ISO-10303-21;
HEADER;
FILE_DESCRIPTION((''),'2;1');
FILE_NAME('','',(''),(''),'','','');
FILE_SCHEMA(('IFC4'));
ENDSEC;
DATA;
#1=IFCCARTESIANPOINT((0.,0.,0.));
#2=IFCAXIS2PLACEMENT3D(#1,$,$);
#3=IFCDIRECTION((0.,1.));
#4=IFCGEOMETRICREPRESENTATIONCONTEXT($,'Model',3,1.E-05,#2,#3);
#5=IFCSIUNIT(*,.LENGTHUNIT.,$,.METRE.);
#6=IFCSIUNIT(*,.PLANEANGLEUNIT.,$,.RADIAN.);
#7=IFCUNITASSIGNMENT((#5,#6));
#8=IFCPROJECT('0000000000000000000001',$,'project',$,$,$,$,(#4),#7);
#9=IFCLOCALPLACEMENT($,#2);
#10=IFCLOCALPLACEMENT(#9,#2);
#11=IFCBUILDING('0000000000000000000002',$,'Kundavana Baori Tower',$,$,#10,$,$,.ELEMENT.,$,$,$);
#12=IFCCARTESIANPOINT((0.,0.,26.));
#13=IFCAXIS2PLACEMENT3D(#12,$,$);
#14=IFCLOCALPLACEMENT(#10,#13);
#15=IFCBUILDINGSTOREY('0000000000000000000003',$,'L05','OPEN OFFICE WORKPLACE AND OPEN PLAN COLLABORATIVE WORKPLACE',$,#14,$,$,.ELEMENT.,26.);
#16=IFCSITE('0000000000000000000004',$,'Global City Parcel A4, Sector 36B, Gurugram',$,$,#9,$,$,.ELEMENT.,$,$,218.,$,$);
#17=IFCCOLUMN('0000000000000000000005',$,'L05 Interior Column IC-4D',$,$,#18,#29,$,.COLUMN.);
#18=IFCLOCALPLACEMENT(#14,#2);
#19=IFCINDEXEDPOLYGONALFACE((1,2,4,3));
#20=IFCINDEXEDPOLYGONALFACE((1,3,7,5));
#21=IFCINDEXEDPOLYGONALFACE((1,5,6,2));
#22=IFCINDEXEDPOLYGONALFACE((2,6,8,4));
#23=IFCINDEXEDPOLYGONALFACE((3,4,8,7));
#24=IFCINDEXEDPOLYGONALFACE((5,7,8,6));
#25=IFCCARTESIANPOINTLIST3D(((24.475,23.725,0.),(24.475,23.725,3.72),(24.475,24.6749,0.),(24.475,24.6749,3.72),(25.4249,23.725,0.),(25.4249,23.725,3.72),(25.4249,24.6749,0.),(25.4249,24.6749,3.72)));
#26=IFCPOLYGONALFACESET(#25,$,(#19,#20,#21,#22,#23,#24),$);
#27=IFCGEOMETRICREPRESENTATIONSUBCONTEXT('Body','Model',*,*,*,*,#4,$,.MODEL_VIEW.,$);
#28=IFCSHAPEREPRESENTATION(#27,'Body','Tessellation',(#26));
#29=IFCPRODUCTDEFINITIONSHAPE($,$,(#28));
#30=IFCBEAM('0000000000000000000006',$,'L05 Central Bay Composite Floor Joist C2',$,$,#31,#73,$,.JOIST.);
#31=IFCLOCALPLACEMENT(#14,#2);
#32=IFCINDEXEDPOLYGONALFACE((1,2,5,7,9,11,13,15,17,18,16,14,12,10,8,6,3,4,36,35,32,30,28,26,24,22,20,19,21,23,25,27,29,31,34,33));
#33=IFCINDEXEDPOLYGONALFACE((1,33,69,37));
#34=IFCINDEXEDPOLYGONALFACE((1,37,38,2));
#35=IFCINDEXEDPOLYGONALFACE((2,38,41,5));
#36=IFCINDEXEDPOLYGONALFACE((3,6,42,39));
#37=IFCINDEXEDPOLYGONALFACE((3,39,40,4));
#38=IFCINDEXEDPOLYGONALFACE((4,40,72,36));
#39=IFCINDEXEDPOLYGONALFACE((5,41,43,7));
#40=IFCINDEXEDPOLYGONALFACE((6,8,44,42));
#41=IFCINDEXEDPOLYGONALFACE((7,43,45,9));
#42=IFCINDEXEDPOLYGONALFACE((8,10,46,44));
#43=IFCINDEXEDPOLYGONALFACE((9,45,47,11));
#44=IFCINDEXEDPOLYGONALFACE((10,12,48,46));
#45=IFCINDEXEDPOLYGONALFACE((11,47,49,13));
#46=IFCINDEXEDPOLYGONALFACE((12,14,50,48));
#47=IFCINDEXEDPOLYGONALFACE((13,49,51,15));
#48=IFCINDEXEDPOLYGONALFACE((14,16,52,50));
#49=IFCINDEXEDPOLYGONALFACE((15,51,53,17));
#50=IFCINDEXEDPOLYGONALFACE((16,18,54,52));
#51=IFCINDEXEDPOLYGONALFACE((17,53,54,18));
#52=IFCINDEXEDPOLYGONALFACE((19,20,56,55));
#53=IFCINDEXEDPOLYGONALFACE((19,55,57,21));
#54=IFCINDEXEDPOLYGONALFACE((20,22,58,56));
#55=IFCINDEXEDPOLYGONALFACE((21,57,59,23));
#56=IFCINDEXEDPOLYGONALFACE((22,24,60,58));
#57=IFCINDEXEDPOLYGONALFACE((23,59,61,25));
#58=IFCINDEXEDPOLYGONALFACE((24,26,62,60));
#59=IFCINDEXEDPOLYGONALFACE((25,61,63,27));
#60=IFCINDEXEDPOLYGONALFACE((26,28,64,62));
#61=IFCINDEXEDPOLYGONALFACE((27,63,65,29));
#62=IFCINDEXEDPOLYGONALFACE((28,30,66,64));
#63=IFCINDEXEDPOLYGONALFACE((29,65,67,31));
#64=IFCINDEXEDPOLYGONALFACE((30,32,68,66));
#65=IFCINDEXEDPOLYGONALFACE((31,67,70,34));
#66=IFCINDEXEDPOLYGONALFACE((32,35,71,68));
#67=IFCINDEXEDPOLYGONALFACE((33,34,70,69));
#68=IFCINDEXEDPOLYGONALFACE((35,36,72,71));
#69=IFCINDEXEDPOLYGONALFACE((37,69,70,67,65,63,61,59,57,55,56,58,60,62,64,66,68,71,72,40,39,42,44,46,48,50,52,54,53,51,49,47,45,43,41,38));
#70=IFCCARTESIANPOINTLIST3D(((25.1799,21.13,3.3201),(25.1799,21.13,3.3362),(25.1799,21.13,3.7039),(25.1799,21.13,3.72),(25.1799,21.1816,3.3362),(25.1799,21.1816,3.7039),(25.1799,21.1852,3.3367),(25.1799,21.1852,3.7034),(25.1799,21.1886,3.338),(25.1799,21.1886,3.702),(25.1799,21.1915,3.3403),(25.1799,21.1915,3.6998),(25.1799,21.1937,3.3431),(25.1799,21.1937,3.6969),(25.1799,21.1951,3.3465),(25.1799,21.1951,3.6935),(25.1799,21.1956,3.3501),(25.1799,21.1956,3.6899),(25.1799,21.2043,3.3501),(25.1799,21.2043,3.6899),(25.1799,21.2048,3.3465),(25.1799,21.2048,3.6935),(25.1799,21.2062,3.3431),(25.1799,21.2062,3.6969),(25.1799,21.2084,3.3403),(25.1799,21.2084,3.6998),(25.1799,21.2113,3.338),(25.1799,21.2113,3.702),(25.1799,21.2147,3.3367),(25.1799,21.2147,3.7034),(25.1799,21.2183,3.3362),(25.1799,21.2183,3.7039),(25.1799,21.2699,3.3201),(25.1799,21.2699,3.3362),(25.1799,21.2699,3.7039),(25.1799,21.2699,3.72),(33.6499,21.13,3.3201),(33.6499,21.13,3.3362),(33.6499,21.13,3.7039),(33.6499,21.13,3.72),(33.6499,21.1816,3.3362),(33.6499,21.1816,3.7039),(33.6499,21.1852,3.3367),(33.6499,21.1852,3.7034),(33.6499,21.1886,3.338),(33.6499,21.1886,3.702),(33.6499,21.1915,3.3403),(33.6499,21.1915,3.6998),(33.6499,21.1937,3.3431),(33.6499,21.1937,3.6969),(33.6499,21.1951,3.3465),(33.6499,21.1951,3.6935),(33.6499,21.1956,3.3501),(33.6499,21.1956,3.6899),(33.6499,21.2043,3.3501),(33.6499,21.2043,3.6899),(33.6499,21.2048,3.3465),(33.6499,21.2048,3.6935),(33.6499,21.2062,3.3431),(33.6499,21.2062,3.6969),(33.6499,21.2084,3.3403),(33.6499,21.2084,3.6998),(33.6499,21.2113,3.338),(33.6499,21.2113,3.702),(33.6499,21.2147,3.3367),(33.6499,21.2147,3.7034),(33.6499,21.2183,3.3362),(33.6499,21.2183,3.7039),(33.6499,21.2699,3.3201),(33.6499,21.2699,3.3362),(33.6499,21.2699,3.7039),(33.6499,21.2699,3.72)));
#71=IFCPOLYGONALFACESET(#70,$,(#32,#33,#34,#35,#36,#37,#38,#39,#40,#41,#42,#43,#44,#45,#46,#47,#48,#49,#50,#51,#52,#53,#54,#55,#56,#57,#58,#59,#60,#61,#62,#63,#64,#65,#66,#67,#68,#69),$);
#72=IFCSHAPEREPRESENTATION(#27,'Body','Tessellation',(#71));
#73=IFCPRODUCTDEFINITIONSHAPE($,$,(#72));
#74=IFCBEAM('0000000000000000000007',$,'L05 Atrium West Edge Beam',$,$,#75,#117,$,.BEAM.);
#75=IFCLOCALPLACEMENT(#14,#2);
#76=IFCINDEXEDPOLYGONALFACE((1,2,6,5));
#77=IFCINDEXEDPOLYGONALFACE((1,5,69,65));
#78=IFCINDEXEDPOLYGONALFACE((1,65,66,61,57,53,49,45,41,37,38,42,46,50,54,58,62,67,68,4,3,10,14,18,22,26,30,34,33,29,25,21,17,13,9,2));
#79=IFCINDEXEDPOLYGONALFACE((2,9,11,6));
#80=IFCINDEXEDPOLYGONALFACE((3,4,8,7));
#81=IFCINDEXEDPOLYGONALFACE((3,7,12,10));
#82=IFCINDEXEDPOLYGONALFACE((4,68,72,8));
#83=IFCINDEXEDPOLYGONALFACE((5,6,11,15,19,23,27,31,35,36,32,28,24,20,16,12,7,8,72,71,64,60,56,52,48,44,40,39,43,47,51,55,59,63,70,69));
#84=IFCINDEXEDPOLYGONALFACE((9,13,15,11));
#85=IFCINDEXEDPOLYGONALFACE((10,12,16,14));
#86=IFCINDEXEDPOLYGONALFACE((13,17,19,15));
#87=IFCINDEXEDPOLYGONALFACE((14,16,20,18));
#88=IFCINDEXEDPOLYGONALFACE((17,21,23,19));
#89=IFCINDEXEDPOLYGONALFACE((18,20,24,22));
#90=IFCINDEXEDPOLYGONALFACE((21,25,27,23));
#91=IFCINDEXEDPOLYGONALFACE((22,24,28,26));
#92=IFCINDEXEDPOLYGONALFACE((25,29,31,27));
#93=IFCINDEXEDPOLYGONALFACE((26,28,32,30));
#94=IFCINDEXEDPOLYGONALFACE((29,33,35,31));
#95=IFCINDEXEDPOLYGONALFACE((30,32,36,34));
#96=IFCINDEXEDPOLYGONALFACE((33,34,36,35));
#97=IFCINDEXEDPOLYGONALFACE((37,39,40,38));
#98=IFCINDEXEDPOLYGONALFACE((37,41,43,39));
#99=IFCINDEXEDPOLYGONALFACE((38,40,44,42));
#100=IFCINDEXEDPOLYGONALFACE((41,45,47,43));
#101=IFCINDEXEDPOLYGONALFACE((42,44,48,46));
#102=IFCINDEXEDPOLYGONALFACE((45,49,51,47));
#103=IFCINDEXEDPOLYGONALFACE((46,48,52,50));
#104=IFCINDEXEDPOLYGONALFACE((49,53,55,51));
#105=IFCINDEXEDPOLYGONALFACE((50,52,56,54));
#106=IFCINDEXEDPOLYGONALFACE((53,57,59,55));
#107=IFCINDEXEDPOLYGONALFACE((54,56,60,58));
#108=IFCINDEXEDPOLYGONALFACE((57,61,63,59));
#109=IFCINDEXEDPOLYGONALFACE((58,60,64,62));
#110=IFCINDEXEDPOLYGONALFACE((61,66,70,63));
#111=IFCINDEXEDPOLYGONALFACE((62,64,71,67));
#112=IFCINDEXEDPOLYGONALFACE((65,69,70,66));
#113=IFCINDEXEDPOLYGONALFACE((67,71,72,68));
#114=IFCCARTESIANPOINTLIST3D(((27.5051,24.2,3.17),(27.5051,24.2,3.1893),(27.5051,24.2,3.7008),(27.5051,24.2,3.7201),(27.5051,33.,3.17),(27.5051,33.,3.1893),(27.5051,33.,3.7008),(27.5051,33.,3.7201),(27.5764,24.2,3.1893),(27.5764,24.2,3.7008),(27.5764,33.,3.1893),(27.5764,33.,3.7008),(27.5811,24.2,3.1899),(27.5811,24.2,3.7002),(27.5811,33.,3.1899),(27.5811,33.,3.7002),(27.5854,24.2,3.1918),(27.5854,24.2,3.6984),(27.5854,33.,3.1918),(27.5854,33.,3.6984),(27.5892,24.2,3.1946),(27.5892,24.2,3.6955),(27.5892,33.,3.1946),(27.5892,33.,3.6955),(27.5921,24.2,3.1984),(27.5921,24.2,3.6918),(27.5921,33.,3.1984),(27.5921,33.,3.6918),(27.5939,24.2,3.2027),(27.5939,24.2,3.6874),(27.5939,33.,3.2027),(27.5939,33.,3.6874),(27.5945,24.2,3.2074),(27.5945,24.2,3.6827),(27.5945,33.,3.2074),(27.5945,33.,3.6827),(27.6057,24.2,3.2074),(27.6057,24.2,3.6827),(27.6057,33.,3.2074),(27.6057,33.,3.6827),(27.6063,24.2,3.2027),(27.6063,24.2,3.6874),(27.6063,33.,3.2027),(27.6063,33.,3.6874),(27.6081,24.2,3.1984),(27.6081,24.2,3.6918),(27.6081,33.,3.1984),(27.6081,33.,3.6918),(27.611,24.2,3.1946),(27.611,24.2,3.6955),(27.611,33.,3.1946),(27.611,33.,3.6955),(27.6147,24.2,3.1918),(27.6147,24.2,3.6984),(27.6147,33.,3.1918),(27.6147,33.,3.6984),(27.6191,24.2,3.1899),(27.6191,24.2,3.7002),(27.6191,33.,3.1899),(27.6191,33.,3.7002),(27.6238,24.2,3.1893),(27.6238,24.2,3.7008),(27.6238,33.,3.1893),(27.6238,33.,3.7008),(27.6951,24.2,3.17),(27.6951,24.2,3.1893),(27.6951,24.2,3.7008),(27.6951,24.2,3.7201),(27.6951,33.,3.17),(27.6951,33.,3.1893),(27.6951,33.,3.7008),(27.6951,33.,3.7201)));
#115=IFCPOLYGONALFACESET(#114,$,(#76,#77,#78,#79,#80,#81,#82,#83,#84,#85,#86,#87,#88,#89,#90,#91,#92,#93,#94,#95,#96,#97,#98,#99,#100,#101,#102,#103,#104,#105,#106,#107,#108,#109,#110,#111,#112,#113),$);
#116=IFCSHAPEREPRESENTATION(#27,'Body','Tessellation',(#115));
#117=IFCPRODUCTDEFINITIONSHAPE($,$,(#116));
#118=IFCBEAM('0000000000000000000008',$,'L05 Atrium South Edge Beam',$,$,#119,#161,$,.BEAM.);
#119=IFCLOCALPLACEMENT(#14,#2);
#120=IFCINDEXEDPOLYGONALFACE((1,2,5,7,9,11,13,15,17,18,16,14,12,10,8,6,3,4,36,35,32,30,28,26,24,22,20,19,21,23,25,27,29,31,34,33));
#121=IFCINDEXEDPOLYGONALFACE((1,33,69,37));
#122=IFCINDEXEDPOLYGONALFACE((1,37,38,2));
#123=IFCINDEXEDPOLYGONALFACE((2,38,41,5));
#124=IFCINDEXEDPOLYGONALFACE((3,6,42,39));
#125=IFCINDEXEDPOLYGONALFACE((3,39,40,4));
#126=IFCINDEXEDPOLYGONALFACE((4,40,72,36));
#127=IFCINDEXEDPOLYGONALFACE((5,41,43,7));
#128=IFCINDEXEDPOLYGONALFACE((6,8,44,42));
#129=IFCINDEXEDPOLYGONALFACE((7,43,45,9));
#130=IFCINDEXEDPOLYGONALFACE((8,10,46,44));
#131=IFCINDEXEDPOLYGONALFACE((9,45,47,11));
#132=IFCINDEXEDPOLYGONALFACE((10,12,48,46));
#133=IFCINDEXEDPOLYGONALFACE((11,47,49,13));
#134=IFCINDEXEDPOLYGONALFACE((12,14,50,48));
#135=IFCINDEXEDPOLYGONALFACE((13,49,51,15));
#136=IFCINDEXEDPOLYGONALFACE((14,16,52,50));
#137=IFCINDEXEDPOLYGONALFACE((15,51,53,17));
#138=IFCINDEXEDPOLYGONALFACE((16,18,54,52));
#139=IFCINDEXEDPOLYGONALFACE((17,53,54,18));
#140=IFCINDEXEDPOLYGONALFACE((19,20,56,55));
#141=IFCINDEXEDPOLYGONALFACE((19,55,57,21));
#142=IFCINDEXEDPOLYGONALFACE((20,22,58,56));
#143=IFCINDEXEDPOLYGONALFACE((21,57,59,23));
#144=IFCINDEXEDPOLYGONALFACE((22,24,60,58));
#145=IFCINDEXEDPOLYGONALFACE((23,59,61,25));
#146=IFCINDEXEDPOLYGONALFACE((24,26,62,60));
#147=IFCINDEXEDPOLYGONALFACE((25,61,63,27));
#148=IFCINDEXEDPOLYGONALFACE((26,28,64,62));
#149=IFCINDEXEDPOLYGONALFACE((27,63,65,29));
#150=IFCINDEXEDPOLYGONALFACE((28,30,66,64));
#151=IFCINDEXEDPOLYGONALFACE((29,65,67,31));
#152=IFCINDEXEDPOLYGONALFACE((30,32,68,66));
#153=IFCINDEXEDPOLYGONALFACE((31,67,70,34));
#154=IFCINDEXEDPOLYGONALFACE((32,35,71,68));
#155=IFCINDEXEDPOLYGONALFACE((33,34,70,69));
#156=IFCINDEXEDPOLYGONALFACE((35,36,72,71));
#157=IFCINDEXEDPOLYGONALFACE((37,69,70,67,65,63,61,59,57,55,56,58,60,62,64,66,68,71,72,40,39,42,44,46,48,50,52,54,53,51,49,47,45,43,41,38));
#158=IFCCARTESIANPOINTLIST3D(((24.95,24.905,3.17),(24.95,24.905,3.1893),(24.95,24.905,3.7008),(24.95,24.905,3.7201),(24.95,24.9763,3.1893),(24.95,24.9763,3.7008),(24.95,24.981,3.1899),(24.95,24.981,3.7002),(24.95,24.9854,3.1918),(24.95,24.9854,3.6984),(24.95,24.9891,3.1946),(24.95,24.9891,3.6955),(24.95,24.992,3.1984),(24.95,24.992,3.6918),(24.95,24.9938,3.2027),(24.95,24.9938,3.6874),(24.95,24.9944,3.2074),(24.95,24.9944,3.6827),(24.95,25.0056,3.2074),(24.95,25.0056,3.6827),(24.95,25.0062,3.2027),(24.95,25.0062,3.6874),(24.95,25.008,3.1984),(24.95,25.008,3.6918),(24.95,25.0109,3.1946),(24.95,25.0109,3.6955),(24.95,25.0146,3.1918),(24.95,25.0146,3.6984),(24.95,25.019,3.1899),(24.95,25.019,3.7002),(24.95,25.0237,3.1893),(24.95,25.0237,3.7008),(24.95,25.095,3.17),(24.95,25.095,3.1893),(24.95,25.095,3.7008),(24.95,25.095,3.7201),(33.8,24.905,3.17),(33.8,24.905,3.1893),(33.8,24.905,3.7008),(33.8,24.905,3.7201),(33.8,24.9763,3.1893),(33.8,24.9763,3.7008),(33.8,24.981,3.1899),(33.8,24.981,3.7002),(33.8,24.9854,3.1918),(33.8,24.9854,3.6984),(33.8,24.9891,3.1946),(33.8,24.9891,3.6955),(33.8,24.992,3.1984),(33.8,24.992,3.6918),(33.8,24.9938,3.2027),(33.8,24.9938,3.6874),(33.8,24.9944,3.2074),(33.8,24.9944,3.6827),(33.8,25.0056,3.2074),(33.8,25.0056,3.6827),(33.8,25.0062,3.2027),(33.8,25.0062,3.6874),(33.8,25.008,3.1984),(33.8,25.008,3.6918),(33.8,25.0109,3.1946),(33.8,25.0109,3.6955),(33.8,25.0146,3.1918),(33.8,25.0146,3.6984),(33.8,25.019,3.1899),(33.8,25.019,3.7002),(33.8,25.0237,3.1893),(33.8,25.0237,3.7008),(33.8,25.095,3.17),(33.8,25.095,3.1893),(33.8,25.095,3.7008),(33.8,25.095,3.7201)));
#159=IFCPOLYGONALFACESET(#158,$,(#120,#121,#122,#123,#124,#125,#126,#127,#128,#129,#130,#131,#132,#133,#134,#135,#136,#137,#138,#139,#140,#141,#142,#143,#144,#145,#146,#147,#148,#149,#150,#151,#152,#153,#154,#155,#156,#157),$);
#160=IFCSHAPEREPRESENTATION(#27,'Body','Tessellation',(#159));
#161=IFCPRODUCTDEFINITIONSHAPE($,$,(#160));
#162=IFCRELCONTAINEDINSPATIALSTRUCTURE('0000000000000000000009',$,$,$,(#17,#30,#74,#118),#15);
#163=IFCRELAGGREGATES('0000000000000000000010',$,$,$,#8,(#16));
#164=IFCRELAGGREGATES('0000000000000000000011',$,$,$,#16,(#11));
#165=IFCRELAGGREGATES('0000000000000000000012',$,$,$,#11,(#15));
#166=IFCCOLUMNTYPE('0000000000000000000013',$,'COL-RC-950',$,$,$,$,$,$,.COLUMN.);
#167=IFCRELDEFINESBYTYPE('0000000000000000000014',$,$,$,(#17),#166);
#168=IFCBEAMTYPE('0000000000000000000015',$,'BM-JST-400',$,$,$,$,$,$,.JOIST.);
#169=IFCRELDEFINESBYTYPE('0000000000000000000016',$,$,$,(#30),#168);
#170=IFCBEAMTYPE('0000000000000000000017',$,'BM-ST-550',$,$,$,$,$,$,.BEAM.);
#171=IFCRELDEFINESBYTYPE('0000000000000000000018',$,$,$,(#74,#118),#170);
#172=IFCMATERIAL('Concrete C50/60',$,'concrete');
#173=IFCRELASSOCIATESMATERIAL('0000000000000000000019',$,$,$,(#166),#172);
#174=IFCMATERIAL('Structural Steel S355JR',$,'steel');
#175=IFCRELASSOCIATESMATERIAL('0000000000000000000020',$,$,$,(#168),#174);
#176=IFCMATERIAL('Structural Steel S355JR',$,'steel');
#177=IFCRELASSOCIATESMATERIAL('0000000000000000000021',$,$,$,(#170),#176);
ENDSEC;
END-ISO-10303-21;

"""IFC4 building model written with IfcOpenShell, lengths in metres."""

from ifc_helpers import new_model, si_unit, direction, frame, origin, origin_2d, place, context, subcontext, project, spatial, rectangle, i_section, extrude, material, material_profile, profile_set, type_object, element, save


model = new_model("IFC4")

# Units and contexts
model_context = context("Model", 3, precision=1e-05, world=origin(), true_north=direction((0.0, 1.0)))
body_context = subcontext(model_context, "Body", "Model", "MODEL_VIEW")
ifc_project = project(units=[si_unit("LENGTHUNIT", "METRE"), si_unit("PLANEANGLEUNIT", "RADIAN")], contexts=[model_context])

# Site, building, storey
site_placement = place(None, origin())
site = spatial("IfcSite", under=ifc_project, at=site_placement, Name="Global City Parcel A4, Sector 36B, Gurugram", CompositionType="ELEMENT", RefElevation=218.0)
building_placement = place(site_placement, origin())
building = spatial("IfcBuilding", under=site, at=building_placement, Name="Kundavana Baori Tower", CompositionType="ELEMENT")
storey_placement = place(building_placement, frame((0.0, 0.0, 26.0)))
storey = spatial("IfcBuildingStorey", under=building, at=storey_placement, Name="L05", Description="OPEN OFFICE WORKPLACE AND OPEN PLAN COLLABORATIVE WORKPLACE", CompositionType="ELEMENT", Elevation=26.0)

# Column
ifc_material_1 = material(Name="Concrete C50/60", Category="concrete")
ifc_material_profile_1 = material_profile(ifc_material_1, rectangle(XDim=0.95, YDim=0.95, at=origin_2d()), Name="RC 950x950")
ifc_profile_set_1 = profile_set([ifc_material_profile_1], Name="Concrete C50/60")
column_type = type_object("IfcColumnType", Name="COL-RC-950", PredefinedType="COLUMN", material=ifc_profile_set_1)
column_placement = place(storey_placement, frame((24.95, 24.2, 0.0), z_axis=(0.0, 0.0, 1.0), x_axis=(1.0, 0.0, 0.0)))
element("IfcColumn", 1, at=column_placement, inside=storey, type_object=column_type, Name="L05 Interior Column IC-4D", PredefinedType="COLUMN", context=body_context, shape_type="SweptSolid", body=[
    extrude(rectangle(XDim=0.95, YDim=0.95, at=origin_2d()), origin(), (0.0, 0.0, 1.0), 3.72),
])

# Beams
ifc_material_2 = material(Name="Structural Steel S355JR", Category="steel")
ifc_material_profile_2 = material_profile(ifc_material_2, i_section(OverallWidth=0.1399, OverallDepth=0.3999, WebThickness=0.0088, FlangeThickness=0.0161, FilletRadius=0.0139, at=origin_2d()), Name="ISMB 400")
ifc_profile_set_2 = profile_set([ifc_material_profile_2], Name="Structural Steel S355JR")
beam_type_1 = type_object("IfcBeamType", Name="BM-JST-400", PredefinedType="JOIST", material=ifc_profile_set_2)
beam_1_placement = place(storey_placement, frame((25.1799, 21.2, 3.52), z_axis=(1.0, 0.0, 0.0), x_axis=(0.0, 1.0, 0.0)))
element("IfcBeam", 2, at=beam_1_placement, inside=storey, type_object=beam_type_1, Name="L05 Central Bay Composite Floor Joist C2", PredefinedType="JOIST", context=body_context, shape_type="SweptSolid", body=[
    extrude(i_section(OverallWidth=0.1399, OverallDepth=0.3999, WebThickness=0.0088, FlangeThickness=0.0161, FilletRadius=0.0139, at=origin_2d()), origin(), (0.0, 0.0, 1.0), 8.47),
])
ifc_material_3 = material(Name="Structural Steel S355JR", Category="steel")
ifc_material_profile_3 = material_profile(ifc_material_3, i_section(OverallWidth=0.1899, OverallDepth=0.55, WebThickness=0.0112, FlangeThickness=0.0193, FilletRadius=0.0181, at=origin_2d()), Name="ISMB 550")
ifc_profile_set_3 = profile_set([ifc_material_profile_3], Name="Structural Steel S355JR")
beam_type_2 = type_object("IfcBeamType", Name="BM-ST-550", PredefinedType="BEAM", material=ifc_profile_set_3)
beam_2_placement = place(storey_placement, frame((27.6001, 24.2, 3.4451), z_axis=(0.0, 1.0, 0.0), x_axis=(-1.0, 0.0, 0.0)))
element("IfcBeam", 3, at=beam_2_placement, inside=storey, type_object=beam_type_2, Name="L05 Atrium West Edge Beam", PredefinedType="BEAM", context=body_context, shape_type="SweptSolid", body=[
    extrude(i_section(OverallWidth=0.1899, OverallDepth=0.55, WebThickness=0.0112, FlangeThickness=0.0193, FilletRadius=0.0181, at=origin_2d()), origin(), (0.0, 0.0, 1.0), 8.8),
])
beam_3_placement = place(storey_placement, frame((24.95, 25.0, 3.4451), z_axis=(1.0, 0.0, 0.0), x_axis=(0.0, 1.0, 0.0)))
element("IfcBeam", 4, at=beam_3_placement, inside=storey, type_object=beam_type_2, Name="L05 Atrium South Edge Beam", PredefinedType="BEAM", context=body_context, shape_type="SweptSolid", body=[
    extrude(i_section(OverallWidth=0.1899, OverallDepth=0.55, WebThickness=0.0112, FlangeThickness=0.0193, FilletRadius=0.0181, at=origin_2d()), origin(), (0.0, 0.0, 1.0), 8.8501),
])

save(model, "model.ifc")
